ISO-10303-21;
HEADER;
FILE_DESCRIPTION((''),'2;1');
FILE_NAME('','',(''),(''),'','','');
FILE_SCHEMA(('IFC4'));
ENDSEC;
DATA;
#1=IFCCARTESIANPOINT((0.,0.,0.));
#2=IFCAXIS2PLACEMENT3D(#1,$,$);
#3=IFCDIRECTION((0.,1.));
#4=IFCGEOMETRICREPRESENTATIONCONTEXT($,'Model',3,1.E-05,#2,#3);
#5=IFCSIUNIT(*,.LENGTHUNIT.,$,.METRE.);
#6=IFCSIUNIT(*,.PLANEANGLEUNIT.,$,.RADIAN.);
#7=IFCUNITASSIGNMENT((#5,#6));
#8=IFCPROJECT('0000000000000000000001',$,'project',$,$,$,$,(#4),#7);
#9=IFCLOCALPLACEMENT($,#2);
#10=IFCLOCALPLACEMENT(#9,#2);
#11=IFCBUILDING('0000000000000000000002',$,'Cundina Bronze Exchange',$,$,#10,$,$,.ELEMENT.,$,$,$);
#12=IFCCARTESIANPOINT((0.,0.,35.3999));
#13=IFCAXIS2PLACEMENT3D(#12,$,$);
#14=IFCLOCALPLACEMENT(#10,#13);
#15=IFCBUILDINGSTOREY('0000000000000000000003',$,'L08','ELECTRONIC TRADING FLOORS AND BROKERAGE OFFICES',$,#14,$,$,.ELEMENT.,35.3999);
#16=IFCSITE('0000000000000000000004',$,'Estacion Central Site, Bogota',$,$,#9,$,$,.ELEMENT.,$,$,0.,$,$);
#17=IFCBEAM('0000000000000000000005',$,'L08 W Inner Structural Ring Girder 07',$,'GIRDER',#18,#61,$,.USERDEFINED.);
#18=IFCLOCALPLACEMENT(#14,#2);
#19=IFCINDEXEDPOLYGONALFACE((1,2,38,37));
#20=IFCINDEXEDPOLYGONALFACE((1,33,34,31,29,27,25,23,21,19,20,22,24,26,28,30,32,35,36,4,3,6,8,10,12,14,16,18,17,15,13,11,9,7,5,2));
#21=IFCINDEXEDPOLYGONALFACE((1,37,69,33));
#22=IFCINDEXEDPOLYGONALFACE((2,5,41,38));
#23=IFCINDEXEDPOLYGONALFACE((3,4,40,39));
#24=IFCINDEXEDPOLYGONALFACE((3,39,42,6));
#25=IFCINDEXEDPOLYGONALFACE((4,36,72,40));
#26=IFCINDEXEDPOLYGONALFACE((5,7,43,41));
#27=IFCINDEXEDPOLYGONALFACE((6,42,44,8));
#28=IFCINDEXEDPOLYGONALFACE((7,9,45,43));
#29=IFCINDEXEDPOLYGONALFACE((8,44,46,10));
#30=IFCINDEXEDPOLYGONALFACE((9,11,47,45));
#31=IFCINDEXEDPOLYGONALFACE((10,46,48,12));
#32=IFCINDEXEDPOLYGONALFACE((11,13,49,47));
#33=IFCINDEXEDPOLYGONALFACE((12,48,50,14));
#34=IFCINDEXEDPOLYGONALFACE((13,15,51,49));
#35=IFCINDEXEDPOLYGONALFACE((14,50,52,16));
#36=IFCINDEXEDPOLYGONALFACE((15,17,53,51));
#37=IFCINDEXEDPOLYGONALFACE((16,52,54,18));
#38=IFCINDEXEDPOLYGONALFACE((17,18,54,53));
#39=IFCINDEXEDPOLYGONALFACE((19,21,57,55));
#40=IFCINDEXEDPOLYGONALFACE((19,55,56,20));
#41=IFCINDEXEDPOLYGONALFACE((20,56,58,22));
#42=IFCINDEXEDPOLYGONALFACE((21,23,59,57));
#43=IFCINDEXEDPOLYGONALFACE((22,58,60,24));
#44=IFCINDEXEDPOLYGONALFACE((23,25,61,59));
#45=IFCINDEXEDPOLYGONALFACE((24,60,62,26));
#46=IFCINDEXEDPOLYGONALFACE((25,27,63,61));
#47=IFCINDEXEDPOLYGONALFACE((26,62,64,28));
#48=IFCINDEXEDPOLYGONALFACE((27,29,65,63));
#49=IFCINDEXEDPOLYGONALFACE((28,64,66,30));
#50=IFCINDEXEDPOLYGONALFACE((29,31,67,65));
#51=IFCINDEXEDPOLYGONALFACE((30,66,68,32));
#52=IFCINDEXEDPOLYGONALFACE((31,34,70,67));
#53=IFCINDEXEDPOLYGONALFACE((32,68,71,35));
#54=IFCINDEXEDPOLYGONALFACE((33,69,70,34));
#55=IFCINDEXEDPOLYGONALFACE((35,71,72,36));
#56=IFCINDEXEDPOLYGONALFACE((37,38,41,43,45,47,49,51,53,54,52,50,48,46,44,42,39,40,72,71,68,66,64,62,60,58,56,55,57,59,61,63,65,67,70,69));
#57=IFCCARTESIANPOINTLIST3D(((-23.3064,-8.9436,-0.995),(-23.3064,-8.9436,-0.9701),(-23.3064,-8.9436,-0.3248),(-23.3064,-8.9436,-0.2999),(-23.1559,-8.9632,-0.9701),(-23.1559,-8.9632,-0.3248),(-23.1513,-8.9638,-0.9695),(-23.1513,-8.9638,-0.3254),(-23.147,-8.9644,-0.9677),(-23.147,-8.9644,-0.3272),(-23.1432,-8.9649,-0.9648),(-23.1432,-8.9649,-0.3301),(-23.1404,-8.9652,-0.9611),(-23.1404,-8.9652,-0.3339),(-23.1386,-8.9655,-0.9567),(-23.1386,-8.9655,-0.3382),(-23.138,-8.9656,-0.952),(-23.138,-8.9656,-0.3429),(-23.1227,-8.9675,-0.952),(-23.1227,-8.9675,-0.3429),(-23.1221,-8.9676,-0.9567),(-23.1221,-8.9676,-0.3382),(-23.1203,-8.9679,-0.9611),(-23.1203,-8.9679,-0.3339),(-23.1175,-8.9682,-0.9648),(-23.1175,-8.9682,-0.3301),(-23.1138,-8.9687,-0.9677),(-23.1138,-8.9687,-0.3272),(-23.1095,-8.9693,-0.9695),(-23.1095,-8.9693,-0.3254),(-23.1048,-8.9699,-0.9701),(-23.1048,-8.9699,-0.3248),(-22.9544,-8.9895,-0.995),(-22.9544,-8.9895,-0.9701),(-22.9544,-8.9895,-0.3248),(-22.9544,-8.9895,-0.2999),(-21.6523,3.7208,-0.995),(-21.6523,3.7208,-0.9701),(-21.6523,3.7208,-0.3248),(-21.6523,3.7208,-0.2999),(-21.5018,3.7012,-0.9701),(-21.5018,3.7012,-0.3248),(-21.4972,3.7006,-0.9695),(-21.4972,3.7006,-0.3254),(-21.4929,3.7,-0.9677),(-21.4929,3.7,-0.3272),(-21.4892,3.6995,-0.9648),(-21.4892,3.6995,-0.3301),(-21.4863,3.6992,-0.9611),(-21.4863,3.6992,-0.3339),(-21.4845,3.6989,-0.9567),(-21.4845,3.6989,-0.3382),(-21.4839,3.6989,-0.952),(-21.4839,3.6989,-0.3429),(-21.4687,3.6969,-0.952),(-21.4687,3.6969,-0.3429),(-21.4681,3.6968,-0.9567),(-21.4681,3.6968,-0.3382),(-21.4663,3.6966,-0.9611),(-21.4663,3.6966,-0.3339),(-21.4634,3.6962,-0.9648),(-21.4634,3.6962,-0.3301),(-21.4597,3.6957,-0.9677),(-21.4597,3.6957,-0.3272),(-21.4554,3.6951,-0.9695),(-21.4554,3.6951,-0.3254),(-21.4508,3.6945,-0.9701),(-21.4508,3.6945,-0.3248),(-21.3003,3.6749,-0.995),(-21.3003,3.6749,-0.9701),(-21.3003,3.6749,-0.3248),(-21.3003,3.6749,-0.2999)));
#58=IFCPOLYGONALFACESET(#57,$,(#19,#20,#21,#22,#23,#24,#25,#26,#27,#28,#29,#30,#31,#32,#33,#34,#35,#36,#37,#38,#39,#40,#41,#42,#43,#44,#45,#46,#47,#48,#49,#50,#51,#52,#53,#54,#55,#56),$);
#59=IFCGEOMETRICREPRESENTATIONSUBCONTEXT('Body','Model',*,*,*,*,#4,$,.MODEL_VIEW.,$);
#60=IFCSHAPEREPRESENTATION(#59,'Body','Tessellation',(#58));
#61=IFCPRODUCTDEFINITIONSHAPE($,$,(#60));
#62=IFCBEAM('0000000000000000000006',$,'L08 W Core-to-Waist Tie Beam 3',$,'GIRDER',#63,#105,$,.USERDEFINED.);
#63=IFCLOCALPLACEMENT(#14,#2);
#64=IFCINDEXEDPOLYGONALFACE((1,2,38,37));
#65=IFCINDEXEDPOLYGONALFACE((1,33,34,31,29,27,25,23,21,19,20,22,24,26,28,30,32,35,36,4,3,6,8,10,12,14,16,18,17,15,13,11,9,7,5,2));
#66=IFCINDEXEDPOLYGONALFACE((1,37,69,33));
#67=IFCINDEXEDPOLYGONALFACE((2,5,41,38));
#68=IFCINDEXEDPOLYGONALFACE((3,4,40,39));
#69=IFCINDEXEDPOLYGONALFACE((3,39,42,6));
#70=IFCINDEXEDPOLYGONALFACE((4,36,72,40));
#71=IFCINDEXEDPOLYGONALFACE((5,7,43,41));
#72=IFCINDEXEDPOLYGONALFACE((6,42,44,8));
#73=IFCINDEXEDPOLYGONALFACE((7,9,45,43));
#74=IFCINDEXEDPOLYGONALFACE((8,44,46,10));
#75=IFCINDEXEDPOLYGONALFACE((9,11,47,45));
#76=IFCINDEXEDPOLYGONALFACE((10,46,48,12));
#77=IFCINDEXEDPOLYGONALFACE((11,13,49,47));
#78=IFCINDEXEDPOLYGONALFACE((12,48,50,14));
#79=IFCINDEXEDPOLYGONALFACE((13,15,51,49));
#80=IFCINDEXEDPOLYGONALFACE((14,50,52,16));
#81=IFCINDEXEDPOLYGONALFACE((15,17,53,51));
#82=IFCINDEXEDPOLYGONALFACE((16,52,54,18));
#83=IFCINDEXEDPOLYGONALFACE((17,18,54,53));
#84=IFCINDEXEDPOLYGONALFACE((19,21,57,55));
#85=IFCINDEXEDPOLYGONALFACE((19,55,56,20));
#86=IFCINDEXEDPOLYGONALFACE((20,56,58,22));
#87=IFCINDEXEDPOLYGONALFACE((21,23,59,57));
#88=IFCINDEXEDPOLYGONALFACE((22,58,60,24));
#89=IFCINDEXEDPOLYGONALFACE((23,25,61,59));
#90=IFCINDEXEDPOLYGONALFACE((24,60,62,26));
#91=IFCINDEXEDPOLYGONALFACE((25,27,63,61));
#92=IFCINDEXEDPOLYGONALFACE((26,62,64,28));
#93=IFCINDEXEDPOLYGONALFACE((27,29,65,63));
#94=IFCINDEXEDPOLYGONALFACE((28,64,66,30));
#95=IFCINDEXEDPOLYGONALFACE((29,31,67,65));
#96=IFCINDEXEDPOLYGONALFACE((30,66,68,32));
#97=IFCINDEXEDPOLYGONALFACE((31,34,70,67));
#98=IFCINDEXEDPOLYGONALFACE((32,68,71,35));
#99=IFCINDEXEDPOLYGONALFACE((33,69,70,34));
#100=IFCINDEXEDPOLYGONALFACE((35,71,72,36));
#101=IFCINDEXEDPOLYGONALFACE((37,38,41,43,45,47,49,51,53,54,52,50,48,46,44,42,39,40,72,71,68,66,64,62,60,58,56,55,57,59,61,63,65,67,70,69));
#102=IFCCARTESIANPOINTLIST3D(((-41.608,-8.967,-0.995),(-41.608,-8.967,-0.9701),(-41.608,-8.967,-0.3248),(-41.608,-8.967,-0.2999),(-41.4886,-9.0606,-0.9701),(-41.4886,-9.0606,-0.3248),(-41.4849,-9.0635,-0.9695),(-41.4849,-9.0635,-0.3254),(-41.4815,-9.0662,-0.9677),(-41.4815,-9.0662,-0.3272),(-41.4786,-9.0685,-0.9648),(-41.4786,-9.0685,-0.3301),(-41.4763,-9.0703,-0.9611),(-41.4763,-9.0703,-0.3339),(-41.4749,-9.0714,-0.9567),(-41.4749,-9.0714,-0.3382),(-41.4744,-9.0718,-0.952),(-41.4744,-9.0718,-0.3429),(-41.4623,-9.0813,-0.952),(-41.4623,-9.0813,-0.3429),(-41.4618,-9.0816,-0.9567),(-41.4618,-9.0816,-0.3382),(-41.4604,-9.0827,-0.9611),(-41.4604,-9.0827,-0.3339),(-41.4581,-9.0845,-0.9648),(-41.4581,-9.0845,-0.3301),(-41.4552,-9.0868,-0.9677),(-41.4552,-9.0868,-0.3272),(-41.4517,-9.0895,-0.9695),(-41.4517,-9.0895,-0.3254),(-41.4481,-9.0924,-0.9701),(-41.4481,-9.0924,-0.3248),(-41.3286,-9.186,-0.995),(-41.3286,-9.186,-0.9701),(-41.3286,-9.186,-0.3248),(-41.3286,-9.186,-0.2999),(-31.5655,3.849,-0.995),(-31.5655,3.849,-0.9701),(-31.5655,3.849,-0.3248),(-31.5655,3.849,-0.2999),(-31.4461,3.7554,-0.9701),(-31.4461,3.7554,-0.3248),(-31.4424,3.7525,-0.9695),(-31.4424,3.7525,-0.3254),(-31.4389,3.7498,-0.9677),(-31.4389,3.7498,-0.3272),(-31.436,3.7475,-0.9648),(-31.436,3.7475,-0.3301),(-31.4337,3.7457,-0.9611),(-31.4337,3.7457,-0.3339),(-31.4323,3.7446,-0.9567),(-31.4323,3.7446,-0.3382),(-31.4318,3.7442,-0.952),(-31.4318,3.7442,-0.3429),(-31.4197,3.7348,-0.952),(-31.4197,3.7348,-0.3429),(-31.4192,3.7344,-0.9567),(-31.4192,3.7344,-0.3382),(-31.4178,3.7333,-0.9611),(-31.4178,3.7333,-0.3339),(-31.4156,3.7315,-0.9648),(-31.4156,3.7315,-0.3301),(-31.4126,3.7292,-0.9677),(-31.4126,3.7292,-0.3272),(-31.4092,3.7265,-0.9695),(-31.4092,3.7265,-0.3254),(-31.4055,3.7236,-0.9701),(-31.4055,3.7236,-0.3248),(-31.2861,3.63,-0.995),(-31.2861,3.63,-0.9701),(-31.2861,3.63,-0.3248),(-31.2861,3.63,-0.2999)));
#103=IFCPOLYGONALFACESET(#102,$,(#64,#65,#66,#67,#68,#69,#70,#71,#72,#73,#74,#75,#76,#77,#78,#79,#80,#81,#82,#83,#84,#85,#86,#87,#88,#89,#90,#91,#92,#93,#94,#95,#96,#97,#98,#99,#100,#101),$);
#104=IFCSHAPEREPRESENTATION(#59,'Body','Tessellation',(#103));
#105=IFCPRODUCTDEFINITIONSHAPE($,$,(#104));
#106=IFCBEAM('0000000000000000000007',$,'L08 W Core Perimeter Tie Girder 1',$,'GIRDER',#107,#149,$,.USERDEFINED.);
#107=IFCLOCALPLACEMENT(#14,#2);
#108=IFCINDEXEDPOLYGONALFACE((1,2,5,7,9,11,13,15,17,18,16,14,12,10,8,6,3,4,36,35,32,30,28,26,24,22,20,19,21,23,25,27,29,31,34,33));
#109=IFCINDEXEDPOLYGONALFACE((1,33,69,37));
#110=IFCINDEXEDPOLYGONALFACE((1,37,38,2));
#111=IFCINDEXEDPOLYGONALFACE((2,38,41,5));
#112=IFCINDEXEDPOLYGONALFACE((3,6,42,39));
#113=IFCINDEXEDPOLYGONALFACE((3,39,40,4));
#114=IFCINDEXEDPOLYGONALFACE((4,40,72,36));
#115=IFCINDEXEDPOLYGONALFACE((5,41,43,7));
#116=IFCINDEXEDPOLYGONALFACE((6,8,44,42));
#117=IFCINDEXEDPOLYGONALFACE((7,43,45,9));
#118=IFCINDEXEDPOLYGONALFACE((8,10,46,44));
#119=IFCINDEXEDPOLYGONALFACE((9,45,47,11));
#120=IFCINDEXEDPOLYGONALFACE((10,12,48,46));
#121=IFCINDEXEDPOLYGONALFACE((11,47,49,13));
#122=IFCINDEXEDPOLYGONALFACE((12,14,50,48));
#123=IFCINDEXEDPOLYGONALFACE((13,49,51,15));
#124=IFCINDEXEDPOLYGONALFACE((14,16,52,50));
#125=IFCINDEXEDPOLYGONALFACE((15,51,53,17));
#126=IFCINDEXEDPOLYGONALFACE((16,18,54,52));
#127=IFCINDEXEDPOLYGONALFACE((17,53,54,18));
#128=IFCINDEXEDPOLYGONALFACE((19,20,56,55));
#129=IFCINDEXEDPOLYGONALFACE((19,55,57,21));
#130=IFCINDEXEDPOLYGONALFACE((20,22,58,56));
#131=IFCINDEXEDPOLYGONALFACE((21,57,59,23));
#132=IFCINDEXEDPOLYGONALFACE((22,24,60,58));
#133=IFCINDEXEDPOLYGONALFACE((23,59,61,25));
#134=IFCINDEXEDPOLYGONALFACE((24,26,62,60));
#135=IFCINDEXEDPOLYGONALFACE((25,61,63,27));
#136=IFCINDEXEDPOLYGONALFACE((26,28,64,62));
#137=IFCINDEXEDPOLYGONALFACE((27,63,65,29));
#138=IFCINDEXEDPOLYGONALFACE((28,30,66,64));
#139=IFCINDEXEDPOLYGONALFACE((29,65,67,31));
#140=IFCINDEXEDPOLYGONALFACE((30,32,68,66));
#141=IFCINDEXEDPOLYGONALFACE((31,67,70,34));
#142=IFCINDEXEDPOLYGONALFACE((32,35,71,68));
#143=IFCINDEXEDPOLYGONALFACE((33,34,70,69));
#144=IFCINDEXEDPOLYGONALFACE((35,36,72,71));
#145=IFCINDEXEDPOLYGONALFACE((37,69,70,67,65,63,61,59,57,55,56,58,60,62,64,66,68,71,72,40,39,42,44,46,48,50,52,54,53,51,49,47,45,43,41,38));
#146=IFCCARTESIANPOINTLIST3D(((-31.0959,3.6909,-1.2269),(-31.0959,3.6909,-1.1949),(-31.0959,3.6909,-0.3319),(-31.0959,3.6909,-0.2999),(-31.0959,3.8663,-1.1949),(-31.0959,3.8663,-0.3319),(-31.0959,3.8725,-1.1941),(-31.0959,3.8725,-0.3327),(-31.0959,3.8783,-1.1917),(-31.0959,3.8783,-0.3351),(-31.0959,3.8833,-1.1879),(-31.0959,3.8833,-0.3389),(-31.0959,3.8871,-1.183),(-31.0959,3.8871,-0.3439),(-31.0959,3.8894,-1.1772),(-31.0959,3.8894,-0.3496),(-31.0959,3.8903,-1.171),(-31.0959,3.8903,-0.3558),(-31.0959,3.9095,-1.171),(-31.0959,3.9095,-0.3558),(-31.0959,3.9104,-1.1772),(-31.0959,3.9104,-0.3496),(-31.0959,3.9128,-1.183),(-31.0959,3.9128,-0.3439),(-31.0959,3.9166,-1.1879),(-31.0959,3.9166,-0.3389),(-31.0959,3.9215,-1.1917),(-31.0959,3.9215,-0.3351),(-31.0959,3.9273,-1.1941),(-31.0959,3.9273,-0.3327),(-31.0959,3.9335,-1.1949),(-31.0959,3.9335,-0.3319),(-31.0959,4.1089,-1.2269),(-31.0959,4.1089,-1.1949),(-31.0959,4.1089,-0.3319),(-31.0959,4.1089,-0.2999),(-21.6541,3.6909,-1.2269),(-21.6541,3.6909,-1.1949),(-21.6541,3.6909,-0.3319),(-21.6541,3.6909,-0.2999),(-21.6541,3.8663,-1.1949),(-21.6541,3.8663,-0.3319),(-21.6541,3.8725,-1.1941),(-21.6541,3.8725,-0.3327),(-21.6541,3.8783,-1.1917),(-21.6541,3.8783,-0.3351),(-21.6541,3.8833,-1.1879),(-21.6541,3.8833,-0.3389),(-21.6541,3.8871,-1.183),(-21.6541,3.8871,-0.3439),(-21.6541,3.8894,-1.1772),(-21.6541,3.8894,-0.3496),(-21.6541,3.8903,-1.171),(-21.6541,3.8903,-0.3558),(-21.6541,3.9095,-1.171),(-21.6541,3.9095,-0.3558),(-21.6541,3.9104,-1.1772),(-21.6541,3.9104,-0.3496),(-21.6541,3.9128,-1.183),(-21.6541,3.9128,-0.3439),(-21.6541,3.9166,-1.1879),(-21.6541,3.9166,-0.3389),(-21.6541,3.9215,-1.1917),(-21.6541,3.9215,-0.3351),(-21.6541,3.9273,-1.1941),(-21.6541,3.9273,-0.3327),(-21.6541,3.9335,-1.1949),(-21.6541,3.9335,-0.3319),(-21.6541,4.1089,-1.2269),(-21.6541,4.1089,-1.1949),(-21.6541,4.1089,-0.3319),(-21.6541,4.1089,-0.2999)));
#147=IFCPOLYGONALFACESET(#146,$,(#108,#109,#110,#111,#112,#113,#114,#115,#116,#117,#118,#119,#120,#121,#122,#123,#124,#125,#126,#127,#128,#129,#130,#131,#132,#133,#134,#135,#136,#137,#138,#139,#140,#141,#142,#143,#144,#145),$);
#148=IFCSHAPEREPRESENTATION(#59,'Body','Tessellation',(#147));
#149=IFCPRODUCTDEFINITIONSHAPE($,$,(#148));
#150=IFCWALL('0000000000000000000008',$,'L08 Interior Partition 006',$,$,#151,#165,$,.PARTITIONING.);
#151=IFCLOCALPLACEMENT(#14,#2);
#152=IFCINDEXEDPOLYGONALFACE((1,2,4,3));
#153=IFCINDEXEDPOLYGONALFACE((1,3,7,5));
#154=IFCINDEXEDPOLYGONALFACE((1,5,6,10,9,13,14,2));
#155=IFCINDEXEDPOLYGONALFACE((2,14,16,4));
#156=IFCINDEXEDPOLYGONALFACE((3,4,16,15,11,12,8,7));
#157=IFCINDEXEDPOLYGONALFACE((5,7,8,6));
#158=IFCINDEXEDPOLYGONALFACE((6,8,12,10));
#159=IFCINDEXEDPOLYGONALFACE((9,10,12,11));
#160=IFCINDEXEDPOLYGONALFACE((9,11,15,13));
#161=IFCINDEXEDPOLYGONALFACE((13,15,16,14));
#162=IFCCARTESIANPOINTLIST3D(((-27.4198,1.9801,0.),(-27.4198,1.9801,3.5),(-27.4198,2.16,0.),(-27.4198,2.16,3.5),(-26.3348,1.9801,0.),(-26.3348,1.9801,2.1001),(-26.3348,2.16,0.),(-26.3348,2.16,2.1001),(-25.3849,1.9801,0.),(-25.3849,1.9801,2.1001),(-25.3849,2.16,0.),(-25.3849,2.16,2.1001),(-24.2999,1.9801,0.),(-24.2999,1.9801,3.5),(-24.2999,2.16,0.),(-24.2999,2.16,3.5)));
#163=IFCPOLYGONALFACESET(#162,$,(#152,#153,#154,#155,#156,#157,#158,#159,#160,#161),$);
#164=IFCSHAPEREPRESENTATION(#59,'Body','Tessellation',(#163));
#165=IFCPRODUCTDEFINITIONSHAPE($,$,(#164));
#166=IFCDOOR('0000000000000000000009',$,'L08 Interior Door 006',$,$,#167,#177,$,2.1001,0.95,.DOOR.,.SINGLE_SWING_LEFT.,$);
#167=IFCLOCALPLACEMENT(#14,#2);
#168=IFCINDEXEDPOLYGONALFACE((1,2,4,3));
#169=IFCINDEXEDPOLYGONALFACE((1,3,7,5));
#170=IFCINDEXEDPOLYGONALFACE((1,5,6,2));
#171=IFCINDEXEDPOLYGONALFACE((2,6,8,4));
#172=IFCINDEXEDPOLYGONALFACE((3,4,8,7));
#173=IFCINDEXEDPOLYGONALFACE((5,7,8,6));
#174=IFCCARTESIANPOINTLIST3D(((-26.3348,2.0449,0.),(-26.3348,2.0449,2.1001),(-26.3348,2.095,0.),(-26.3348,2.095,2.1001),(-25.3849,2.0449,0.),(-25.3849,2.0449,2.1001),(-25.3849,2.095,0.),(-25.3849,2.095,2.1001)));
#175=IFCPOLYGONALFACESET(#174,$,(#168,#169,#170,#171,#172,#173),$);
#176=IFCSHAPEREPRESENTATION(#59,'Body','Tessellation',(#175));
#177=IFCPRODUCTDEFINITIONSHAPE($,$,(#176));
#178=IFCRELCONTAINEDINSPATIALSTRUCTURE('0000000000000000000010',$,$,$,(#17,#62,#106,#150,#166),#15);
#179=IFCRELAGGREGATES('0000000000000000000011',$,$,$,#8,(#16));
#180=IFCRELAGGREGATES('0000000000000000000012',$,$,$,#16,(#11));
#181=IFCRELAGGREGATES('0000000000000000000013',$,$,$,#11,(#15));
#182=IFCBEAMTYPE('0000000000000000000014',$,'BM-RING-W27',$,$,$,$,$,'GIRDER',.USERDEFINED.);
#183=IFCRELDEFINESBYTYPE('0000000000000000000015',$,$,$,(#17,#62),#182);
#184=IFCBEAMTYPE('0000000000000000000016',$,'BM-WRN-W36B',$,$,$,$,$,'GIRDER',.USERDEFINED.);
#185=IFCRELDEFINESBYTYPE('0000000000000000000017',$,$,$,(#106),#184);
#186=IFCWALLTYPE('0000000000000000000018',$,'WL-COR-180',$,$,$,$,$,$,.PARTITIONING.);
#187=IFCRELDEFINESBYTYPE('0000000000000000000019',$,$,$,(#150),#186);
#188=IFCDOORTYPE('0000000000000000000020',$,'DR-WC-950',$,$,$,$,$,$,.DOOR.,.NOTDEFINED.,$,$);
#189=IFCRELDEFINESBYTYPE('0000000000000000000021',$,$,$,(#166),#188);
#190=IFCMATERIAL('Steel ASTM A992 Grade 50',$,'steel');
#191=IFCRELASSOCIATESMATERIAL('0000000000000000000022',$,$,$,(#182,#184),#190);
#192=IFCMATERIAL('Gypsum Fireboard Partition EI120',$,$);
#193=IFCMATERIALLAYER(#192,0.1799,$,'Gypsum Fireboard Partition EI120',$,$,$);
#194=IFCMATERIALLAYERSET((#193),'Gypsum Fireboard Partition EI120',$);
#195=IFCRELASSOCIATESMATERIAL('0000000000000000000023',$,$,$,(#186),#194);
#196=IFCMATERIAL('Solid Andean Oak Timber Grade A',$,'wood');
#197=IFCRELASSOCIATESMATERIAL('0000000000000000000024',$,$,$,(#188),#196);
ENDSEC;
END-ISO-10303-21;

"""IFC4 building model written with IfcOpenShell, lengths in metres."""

from ifc_helpers import new_model, si_unit, direction, frame, frame_2d, origin, origin_2d, place, context, subcontext, project, spatial, rectangle, i_section, extrude, material, layer, layer_set, material_profile, profile_set, type_object, element, fill, save


model = new_model("IFC4")

# Units and contexts
model_context = context("Model", 3, precision=1e-05, world=origin(), true_north=direction((0.0, 1.0)))
body_context = subcontext(model_context, "Body", "Model", "MODEL_VIEW")
ifc_project = project(units=[si_unit("LENGTHUNIT", "METRE"), si_unit("PLANEANGLEUNIT", "RADIAN")], contexts=[model_context])

# Site, building, storey
site_placement = place(None, origin())
site = spatial("IfcSite", under=ifc_project, at=site_placement, Name="Estacion Central Site, Bogota", CompositionType="ELEMENT", RefElevation=0.0)
building_placement = place(site_placement, origin())
building = spatial("IfcBuilding", under=site, at=building_placement, Name="Cundina Bronze Exchange", CompositionType="ELEMENT")
storey_placement = place(building_placement, frame((0.0, 0.0, 35.3999)))
storey = spatial("IfcBuildingStorey", under=building, at=storey_placement, Name="L08", Description="ELECTRONIC TRADING FLOORS AND BROKERAGE OFFICES", CompositionType="ELEMENT", Elevation=35.3999)

# Shared definitions
ifc_material_1 = material(Name="Steel ASTM A992 Grade 50", Category="steel")

# Beams
ifc_material_profile_1 = material_profile(ifc_material_1, i_section(OverallWidth=0.355, OverallDepth=0.6951, WebThickness=0.0154, FlangeThickness=0.0249, FilletRadius=0.0181, at=origin_2d()), Name="W27X146", Category="steel")
ifc_profile_set_1 = profile_set([ifc_material_profile_1], Name="Steel ASTM A992 Grade 50")
beam_type_1 = type_object("IfcBeamType", Name="BM-RING-W27", ElementType="GIRDER", PredefinedType="USERDEFINED", material=ifc_profile_set_1)
beam_1_placement = place(storey_placement, frame((-23.1304, -8.9666, -0.6475), z_axis=(0.129508, 0.991578, 0.0), x_axis=(-0.991578, 0.129508, 0.0)))
element("IfcBeam", 1, at=beam_1_placement, inside=storey, type_object=beam_type_1, Name="L08 W Inner Structural Ring Girder 07", ObjectType="GIRDER", PredefinedType="USERDEFINED", context=body_context, shape_type="SweptSolid", body=[
    extrude(i_section(OverallWidth=0.355, OverallDepth=0.6951, WebThickness=0.0154, FlangeThickness=0.0249, FilletRadius=0.0181, at=origin_2d()), origin(), (0.0, 0.0, 1.0), 12.772),
])
beam_2_placement = place(storey_placement, frame((-31.4258, 3.7395, -0.6475), z_axis=(-0.616789, -0.787128, 0.0), x_axis=(0.787128, -0.616789, 0.0)))
element("IfcBeam", 2, at=beam_2_placement, inside=storey, type_object=beam_type_1, Name="L08 W Core-to-Waist Tie Beam 3", ObjectType="GIRDER", PredefinedType="USERDEFINED", context=body_context, shape_type="SweptSolid", body=[
    extrude(i_section(OverallWidth=0.355, OverallDepth=0.6951, WebThickness=0.0154, FlangeThickness=0.0249, FilletRadius=0.0181, at=origin_2d()), origin(), (0.0, 0.0, 1.0), 16.282),
])
ifc_material_profile_2 = material_profile(ifc_material_1, i_section(OverallWidth=0.418, OverallDepth=0.927, WebThickness=0.0193, FlangeThickness=0.032, FilletRadius=0.0239, at=origin_2d()), Name="W36X231", Category="steel")
ifc_profile_set_2 = profile_set([ifc_material_profile_2], Name="Steel ASTM A992 Grade 50")
beam_type_2 = type_object("IfcBeamType", Name="BM-WRN-W36B", ElementType="GIRDER", PredefinedType="USERDEFINED", material=ifc_profile_set_2)
beam_3_placement = place(storey_placement, frame((-31.0959, 3.8999, -0.7634), z_axis=(1.0, 0.0, 0.0), x_axis=(0.0, 1.0, 0.0)))
element("IfcBeam", 3, at=beam_3_placement, inside=storey, type_object=beam_type_2, Name="L08 W Core Perimeter Tie Girder 1", ObjectType="GIRDER", PredefinedType="USERDEFINED", context=body_context, shape_type="SweptSolid", body=[
    extrude(i_section(OverallWidth=0.418, OverallDepth=0.927, WebThickness=0.0193, FlangeThickness=0.032, FilletRadius=0.0239, at=origin_2d()), origin(), (0.0, 0.0, 1.0), 9.4419),
])

# Wall, opening, door
ifc_material_2 = material(Name="Gypsum Fireboard Partition EI120")
ifc_layer_1 = layer(ifc_material_2, 0.1799, Name="Gypsum Fireboard Partition EI120")
ifc_layer_set_1 = layer_set([ifc_layer_1], Name="Gypsum Fireboard Partition EI120")
wall_type_1 = type_object("IfcWallType", Name="WL-COR-180", PredefinedType="PARTITIONING", material=ifc_layer_set_1)
wall_1_placement = place(storey_placement, frame((-27.4199, 2.0701, 0.0), z_axis=(0.0, 0.0, 1.0), x_axis=(1.0, 0.0, 0.0)))
wall_1 = element("IfcWall", 4, at=wall_1_placement, inside=storey, type_object=wall_type_1, Name="L08 Interior Partition 006", PredefinedType="PARTITIONING", context=body_context, shape_type="SweptSolid", body=[
    extrude(rectangle(XDim=3.1199, YDim=0.1799, at=frame_2d((1.5601, 0.0))), origin(), (0.0, 0.0, 1.0), 3.5),
])
opening_1_placement = place(wall_1_placement, frame((1.085, 0.0, 0.0)))
opening_1 = element("IfcOpeningElement", 5, at=opening_1_placement, cuts=wall_1, PredefinedType="OPENING", context=body_context, shape_type="SweptSolid", body=[
    extrude(rectangle(XDim=0.95, YDim=2.1001, at=frame_2d((0.4751, 1.05))), frame((0.0, 0.0999, 0.0), z_axis=(0.0, -1.0, 0.0), x_axis=(1.0, 0.0, 0.0)), (0.0, 0.0, 1.0), 0.2),
])
ifc_material_3 = material(Name="Solid Andean Oak Timber Grade A", Category="wood")
door_type_1 = type_object("IfcDoorType", Name="DR-WC-950", OperationType="NOTDEFINED", PredefinedType="DOOR", material=ifc_material_3)
door_1_placement = place(opening_1_placement, origin())
door_1 = element("IfcDoor", 6, at=door_1_placement, inside=storey, type_object=door_type_1, Name="L08 Interior Door 006", OperationType="SINGLE_SWING_LEFT", OverallHeight=2.1001, OverallWidth=0.95, PredefinedType="DOOR", context=body_context, shape_type="SweptSolid", body=[
    extrude(rectangle(XDim=0.95, YDim=2.1001, at=frame_2d((0.4751, 1.05))), frame((0.0, 0.0249, 0.0), z_axis=(0.0, -1.0, 0.0), x_axis=(1.0, 0.0, 0.0)), (0.0, 0.0, 1.0), 0.05),
])
fill(opening_1, door_1)

save(model, "model.ifc")
